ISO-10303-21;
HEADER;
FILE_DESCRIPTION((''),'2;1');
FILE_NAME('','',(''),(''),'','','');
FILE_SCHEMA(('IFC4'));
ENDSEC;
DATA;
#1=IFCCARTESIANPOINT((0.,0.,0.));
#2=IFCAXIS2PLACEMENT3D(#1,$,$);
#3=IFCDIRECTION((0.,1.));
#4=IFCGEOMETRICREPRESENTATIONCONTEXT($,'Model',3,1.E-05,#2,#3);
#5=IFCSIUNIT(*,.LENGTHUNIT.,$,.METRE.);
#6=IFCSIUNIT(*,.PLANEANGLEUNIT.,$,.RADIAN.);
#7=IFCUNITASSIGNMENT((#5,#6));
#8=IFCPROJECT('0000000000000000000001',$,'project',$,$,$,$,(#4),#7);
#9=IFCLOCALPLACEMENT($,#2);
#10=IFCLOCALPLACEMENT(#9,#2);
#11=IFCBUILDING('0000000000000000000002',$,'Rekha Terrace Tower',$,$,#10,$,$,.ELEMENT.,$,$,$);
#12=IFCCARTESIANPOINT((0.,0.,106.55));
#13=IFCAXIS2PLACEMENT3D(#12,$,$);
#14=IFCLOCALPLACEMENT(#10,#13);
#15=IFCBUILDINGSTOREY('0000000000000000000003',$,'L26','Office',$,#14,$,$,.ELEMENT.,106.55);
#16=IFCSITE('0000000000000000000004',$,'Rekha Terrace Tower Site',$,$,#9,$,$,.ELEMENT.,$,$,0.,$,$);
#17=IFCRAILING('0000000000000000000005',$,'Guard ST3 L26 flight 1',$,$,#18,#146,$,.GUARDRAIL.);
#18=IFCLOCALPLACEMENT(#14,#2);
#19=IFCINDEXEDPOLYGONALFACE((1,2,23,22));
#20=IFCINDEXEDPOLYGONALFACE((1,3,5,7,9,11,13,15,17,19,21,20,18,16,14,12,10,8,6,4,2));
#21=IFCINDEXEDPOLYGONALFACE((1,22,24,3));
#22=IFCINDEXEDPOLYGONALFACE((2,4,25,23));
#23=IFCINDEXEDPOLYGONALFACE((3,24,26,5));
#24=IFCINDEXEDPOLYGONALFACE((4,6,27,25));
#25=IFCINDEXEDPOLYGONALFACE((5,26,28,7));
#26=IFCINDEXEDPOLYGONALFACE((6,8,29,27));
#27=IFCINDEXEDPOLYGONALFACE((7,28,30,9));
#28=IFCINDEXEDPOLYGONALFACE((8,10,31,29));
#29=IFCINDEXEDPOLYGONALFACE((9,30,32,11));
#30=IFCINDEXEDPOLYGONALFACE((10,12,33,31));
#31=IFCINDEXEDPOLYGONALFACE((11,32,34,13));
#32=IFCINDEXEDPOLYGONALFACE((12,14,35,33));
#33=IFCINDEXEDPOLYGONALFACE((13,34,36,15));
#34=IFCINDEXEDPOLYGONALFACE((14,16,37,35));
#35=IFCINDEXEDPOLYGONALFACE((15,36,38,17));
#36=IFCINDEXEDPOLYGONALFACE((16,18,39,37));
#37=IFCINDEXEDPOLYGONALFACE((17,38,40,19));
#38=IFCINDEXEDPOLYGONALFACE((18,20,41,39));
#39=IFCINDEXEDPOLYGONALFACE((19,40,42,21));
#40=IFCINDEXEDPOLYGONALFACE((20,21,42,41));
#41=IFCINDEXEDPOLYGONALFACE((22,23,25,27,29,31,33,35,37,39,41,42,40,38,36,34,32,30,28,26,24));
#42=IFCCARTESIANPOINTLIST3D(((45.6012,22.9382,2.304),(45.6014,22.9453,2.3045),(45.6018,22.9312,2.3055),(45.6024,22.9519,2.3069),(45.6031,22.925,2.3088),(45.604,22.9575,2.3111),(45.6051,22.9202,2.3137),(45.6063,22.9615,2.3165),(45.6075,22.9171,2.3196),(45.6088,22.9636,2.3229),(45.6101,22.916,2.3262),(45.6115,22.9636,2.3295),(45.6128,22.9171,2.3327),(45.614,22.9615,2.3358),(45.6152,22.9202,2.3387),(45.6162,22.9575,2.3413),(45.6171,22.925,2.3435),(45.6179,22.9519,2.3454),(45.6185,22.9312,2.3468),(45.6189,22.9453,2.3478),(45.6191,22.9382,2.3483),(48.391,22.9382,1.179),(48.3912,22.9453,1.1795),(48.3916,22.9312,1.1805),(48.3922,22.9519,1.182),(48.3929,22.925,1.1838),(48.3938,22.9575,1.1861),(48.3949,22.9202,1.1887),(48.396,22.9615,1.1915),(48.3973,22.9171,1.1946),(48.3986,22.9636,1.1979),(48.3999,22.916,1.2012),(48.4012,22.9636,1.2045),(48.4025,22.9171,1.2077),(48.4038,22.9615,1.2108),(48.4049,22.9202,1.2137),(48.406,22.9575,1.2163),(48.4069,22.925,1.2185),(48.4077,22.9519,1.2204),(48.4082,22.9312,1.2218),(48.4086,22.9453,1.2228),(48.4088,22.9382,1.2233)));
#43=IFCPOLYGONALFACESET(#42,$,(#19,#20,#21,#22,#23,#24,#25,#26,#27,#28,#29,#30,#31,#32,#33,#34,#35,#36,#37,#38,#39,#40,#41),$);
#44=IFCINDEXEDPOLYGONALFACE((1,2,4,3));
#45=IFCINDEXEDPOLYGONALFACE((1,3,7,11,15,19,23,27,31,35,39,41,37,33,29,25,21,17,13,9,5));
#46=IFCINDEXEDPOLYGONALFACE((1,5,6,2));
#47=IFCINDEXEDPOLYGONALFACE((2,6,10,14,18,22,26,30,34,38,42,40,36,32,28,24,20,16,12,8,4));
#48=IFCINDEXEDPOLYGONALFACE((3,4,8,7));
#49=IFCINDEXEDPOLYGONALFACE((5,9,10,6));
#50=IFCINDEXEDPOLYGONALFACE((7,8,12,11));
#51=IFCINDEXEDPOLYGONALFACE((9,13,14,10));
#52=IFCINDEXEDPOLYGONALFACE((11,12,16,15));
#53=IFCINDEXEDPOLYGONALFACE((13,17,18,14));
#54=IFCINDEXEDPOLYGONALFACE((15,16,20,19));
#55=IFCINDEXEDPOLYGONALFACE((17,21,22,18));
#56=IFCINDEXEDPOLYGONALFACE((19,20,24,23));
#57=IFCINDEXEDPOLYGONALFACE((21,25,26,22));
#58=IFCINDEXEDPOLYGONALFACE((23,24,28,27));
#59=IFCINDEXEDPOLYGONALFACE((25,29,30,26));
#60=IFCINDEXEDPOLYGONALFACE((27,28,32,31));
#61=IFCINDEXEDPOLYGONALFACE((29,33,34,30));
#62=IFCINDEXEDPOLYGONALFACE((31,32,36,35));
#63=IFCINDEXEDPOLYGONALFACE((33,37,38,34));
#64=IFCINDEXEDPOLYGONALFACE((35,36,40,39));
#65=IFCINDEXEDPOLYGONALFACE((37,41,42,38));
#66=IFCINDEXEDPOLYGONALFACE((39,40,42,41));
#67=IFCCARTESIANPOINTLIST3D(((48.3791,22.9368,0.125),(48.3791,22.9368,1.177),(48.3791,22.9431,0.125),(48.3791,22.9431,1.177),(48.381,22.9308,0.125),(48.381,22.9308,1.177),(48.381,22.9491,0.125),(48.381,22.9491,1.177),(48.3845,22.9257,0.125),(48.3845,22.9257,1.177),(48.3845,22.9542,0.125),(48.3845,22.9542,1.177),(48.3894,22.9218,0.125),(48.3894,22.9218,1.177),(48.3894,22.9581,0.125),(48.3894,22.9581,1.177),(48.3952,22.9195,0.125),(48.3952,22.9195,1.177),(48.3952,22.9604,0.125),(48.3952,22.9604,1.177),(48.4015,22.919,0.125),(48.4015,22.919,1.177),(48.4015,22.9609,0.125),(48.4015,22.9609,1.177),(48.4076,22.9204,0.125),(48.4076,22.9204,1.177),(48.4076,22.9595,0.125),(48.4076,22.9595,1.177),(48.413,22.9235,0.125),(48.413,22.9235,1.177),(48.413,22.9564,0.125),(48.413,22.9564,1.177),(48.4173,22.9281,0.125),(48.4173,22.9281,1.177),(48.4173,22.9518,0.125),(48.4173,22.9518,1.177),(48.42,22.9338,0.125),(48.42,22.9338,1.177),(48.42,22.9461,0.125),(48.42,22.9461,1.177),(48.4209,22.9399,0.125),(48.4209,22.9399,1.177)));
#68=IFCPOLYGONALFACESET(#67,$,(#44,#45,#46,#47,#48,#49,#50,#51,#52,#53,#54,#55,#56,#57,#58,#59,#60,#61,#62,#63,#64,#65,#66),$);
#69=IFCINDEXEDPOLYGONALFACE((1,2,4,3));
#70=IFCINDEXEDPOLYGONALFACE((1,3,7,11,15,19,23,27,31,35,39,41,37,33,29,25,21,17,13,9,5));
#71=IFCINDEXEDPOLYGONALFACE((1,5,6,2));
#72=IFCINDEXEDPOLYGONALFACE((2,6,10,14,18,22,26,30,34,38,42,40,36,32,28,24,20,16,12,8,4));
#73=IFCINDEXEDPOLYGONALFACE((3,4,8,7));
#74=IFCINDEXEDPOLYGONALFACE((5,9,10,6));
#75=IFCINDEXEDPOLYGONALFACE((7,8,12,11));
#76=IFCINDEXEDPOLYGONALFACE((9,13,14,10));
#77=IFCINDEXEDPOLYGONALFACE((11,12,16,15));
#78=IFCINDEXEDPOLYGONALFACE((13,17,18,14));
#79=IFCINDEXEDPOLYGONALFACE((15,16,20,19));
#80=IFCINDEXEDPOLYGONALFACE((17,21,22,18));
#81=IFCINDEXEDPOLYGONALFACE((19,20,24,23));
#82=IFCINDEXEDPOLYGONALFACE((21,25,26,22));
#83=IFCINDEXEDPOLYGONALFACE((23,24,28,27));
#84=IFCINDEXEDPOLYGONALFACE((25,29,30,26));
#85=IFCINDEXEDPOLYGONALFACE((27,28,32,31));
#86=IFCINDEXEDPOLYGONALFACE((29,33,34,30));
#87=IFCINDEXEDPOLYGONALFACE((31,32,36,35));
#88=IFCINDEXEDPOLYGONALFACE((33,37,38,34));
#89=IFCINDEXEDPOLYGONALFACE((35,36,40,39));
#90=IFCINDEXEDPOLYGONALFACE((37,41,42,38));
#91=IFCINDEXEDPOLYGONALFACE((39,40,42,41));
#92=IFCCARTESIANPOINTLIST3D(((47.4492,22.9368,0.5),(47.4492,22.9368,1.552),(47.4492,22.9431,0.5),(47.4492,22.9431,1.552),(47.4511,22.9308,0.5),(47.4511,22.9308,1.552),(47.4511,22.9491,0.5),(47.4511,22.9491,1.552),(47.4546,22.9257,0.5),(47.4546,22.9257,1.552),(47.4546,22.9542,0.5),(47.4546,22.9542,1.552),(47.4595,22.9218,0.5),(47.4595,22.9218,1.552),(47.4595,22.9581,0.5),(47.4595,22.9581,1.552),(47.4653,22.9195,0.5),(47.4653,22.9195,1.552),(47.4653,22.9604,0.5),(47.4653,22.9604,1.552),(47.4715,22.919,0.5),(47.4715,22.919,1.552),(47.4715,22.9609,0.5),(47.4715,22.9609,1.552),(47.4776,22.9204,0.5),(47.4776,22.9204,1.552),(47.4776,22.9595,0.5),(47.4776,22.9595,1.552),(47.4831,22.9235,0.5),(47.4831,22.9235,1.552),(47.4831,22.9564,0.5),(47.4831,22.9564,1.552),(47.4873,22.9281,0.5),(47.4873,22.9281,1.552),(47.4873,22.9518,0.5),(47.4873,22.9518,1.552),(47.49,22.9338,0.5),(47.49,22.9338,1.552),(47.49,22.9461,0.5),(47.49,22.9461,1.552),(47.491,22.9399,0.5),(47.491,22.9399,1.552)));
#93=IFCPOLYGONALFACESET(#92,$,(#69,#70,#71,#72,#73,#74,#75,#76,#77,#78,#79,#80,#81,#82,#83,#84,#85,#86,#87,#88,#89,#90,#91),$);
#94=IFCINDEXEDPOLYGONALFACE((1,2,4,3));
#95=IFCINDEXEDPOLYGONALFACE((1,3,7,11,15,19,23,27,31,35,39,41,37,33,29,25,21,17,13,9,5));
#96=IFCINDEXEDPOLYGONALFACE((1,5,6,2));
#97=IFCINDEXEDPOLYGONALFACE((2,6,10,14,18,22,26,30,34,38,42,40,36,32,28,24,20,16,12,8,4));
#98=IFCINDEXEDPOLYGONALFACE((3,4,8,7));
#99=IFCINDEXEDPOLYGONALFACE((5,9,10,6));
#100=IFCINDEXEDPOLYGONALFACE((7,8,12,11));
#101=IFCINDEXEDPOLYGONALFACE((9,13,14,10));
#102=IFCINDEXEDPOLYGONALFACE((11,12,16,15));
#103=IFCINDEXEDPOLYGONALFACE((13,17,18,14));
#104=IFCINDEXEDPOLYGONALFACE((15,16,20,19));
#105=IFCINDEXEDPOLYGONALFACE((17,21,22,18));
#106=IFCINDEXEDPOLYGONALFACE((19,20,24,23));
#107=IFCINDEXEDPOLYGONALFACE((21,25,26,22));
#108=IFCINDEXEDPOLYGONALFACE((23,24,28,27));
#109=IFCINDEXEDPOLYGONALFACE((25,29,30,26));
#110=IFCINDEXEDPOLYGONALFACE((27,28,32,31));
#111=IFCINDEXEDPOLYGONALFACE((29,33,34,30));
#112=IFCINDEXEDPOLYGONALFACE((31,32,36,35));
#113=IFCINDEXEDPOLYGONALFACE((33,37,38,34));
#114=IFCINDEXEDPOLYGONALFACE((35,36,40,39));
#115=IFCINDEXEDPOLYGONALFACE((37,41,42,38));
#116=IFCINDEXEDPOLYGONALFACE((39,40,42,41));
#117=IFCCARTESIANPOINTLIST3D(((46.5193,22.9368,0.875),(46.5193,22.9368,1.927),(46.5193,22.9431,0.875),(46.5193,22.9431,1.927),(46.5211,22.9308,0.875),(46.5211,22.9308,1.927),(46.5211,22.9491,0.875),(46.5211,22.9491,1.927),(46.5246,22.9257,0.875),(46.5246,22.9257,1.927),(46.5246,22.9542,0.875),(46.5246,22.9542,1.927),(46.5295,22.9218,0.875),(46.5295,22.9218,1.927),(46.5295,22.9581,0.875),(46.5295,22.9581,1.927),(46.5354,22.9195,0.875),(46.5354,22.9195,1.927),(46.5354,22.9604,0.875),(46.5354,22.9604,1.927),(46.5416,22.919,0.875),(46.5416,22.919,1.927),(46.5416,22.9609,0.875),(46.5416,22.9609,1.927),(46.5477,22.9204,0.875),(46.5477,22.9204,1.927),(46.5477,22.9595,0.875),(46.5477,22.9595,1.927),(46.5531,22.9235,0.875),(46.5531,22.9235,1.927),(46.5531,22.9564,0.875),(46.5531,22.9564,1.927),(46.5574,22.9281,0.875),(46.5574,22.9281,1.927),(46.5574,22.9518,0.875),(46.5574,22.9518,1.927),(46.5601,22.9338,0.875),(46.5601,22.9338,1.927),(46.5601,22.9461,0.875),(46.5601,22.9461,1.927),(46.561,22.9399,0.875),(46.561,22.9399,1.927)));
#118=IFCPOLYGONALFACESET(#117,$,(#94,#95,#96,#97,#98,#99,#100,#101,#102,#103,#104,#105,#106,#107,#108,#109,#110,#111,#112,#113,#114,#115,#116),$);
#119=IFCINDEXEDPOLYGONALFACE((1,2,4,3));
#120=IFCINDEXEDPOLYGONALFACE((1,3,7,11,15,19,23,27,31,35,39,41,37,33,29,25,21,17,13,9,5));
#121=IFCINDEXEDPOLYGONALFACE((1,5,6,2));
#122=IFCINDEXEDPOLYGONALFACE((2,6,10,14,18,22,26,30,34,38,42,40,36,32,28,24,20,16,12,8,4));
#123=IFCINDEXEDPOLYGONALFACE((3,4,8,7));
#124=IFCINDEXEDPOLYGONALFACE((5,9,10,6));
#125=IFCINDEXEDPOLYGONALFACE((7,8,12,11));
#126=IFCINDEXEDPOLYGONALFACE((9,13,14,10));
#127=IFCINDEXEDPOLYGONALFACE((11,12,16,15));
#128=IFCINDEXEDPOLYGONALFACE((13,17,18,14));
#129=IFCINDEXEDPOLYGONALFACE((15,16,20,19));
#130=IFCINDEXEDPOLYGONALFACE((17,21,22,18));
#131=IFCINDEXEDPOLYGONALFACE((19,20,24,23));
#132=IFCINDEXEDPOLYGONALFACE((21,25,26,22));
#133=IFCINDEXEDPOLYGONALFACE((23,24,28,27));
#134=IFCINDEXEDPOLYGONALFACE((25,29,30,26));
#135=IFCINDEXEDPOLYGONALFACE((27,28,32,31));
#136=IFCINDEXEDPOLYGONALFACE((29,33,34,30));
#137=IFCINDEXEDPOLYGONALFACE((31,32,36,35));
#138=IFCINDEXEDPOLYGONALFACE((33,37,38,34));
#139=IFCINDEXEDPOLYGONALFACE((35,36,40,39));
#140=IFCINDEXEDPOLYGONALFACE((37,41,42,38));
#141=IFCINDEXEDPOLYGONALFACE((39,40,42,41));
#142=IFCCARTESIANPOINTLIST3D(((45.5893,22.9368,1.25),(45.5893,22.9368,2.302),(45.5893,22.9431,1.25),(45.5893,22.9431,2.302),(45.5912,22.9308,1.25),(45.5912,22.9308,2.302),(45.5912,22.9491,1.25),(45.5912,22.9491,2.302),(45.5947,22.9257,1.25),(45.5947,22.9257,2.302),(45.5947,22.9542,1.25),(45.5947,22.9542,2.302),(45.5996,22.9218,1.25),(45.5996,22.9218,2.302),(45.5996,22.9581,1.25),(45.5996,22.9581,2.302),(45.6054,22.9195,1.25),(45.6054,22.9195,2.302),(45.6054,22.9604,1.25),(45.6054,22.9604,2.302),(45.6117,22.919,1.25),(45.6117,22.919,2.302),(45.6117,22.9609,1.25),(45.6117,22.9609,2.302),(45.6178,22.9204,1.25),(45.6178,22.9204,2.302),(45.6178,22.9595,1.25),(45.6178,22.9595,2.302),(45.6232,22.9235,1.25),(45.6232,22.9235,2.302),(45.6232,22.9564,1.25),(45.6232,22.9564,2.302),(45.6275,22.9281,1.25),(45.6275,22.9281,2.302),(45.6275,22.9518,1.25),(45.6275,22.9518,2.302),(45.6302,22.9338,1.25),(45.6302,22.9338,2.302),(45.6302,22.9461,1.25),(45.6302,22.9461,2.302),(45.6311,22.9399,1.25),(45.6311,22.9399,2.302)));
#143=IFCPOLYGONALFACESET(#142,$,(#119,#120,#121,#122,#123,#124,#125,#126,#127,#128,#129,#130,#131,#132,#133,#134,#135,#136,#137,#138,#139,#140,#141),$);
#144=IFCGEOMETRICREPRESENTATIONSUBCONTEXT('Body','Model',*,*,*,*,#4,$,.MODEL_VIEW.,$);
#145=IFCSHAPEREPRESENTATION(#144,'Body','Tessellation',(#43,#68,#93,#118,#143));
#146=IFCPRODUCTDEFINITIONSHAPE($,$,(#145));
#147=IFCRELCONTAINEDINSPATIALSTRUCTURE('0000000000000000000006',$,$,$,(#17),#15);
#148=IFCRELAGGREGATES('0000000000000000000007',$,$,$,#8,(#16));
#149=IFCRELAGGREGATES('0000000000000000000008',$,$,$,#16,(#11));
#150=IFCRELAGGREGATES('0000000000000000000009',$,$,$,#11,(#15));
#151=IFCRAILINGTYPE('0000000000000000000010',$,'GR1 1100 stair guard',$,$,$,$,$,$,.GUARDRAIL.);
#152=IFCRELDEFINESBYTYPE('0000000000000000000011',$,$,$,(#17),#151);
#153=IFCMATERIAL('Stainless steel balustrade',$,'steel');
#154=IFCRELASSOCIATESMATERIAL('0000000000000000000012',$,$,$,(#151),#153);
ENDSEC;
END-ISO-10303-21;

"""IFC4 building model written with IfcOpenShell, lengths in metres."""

from ifc_helpers import new_model, si_unit, direction, frame, origin, origin_2d, place, context, subcontext, project, spatial, circle, extrude, material, type_object, element, save


model = new_model("IFC4")

# Units and contexts
model_context = context("Model", 3, precision=1e-05, world=origin(), true_north=direction((0.0, 1.0)))
body_context = subcontext(model_context, "Body", "Model", "MODEL_VIEW")
ifc_project = project(units=[si_unit("LENGTHUNIT", "METRE"), si_unit("PLANEANGLEUNIT", "RADIAN")], contexts=[model_context])

# Site, building, storey
site_placement = place(None, origin())
site = spatial("IfcSite", under=ifc_project, at=site_placement, Name="Rekha Terrace Tower Site", CompositionType="ELEMENT", RefElevation=0.0)
building_placement = place(site_placement, origin())
building = spatial("IfcBuilding", under=site, at=building_placement, Name="Rekha Terrace Tower", CompositionType="ELEMENT")
storey_placement = place(building_placement, frame((0.0, 0.0, 106.55)))
storey = spatial("IfcBuildingStorey", under=building, at=storey_placement, Name="L26", Description="Office", CompositionType="ELEMENT", Elevation=106.55)

# Railing
ifc_material_1 = material(Name="Stainless steel balustrade", Category="steel")
railing_type_1 = type_object("IfcRailingType", Name="GR1 1100 stair guard", PredefinedType="GUARDRAIL", material=ifc_material_1)
railing_1_placement = place(storey_placement, frame((48.3999, 22.9399, 0.125)))
element("IfcRailing", 1, at=railing_1_placement, inside=storey, type_object=railing_type_1, Name="Guard ST3 L26 flight 1", PredefinedType="GUARDRAIL", context=body_context, shape_type="SweptSolid", body=[
    extrude(circle(Radius=0.0239, at=origin_2d()), frame((0.0, 0.0, 1.0762), z_axis=(-0.927432, 0.0, 0.373992), x_axis=(0.0, -1.0, 0.0)), (0.0, 0.0, 1.0), 3.0081),
    extrude(circle(Radius=0.021, at=origin_2d()), origin(), (0.0, 0.0, 1.0), 1.052),
    extrude(circle(Radius=0.021, at=origin_2d()), frame((-0.9299, 0.0, 0.375)), (0.0, 0.0, 1.0), 1.052),
    extrude(circle(Radius=0.021, at=origin_2d()), frame((-1.8599, 0.0, 0.75)), (0.0, 0.0, 1.0), 1.052),
    extrude(circle(Radius=0.021, at=origin_2d()), frame((-2.7898, 0.0, 1.125)), (0.0, 0.0, 1.0), 1.052),
])

save(model, "model.ifc")
